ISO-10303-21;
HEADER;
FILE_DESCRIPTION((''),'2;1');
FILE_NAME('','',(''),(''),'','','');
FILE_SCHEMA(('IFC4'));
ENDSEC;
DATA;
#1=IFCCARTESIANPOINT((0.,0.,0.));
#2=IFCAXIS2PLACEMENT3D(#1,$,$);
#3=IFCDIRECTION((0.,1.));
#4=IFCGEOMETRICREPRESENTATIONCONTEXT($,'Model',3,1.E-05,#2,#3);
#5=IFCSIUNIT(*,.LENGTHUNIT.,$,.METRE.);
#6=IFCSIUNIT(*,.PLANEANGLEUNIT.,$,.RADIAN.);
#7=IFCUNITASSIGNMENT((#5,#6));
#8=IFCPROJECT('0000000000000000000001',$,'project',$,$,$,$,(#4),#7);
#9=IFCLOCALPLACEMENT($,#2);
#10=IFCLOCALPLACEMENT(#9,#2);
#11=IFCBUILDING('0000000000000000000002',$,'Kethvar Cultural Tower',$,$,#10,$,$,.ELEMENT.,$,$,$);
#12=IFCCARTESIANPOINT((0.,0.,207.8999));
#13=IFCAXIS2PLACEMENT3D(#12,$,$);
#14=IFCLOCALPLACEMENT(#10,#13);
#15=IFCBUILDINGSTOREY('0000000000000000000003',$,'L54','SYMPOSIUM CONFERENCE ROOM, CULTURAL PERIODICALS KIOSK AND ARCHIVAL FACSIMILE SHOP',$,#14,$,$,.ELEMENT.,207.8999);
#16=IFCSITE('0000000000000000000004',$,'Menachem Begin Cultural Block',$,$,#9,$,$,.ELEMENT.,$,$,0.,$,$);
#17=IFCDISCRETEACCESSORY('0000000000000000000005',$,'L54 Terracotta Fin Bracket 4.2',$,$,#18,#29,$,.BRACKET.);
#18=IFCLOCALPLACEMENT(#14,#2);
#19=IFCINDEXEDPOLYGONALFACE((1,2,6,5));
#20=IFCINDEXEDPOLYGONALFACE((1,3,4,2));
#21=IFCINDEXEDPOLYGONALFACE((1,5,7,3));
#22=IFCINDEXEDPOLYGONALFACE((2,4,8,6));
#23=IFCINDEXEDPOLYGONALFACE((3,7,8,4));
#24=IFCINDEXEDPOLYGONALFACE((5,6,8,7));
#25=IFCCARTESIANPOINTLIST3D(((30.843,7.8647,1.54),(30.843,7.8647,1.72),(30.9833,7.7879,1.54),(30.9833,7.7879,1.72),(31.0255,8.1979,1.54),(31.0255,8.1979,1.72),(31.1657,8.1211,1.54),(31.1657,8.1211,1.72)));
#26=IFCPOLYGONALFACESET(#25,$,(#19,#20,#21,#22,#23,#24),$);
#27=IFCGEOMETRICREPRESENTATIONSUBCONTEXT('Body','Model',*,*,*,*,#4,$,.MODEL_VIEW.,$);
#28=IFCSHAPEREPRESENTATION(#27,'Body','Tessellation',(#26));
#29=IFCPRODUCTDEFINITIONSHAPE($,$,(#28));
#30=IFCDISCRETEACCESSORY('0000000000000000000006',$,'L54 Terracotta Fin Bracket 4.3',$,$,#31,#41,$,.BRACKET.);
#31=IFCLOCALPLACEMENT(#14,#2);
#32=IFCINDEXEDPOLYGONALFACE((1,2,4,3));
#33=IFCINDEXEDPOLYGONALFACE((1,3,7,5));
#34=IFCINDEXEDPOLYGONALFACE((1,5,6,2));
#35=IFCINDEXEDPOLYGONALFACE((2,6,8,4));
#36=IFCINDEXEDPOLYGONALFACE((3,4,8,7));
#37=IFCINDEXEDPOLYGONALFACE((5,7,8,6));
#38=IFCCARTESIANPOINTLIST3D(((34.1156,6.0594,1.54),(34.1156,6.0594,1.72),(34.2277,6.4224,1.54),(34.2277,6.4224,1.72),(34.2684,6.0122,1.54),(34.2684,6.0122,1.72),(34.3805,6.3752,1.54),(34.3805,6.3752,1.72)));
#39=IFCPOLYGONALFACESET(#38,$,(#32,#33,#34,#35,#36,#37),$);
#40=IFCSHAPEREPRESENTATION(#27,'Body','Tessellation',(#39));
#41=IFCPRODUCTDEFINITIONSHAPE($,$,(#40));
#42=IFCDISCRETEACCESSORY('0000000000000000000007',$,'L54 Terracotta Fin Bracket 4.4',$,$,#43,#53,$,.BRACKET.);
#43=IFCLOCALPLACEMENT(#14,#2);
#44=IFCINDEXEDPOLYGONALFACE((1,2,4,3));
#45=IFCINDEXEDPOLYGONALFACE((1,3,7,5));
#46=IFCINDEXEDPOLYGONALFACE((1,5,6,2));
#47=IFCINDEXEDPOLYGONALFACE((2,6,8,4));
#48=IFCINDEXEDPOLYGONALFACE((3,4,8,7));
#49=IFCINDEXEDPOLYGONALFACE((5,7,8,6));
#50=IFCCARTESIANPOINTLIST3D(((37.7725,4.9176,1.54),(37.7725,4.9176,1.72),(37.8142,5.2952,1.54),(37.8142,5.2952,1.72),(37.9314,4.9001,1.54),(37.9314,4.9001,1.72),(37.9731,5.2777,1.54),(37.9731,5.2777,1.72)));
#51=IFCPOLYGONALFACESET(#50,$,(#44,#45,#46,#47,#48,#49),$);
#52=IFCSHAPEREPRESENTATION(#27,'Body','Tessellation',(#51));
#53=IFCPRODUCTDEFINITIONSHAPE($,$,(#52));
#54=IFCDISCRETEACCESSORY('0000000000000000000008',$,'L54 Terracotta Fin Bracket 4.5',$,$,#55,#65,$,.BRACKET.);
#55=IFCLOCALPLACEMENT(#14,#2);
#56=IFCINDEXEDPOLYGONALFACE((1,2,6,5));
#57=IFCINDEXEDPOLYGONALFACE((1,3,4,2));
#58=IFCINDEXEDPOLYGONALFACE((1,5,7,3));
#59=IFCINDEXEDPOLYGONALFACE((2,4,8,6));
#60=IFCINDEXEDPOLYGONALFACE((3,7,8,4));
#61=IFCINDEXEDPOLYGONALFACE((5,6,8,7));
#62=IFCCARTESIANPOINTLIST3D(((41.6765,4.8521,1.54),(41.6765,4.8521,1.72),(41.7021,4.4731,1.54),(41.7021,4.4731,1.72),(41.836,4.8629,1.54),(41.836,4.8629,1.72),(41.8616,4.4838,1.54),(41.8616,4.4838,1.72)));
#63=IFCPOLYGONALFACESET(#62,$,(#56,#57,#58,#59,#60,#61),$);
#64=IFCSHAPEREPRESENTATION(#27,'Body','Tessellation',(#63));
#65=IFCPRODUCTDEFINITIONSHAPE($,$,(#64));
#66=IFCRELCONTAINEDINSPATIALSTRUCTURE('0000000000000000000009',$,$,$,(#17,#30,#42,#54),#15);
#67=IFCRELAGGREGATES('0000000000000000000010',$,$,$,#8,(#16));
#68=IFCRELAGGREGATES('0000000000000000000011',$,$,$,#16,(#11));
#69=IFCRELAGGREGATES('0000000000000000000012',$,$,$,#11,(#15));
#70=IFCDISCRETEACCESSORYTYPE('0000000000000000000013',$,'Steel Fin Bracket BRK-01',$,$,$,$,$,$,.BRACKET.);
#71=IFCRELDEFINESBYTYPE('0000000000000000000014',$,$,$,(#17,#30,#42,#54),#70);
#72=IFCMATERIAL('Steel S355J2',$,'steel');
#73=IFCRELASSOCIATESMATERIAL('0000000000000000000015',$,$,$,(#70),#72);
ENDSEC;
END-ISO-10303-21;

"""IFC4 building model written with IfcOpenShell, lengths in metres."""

from ifc_helpers import new_model, si_unit, direction, frame, origin, origin_2d, place, context, subcontext, project, spatial, rectangle, extrude, source, transform, mapped, material, type_object, element, save


model = new_model("IFC4")

# Units and contexts
model_context = context("Model", 3, precision=1e-05, world=origin(), true_north=direction((0.0, 1.0)))
body_context = subcontext(model_context, "Body", "Model", "MODEL_VIEW")
ifc_project = project(units=[si_unit("LENGTHUNIT", "METRE"), si_unit("PLANEANGLEUNIT", "RADIAN")], contexts=[model_context])

# Site, building, storey
site_placement = place(None, origin())
site = spatial("IfcSite", under=ifc_project, at=site_placement, Name="Menachem Begin Cultural Block", CompositionType="ELEMENT", RefElevation=0.0)
building_placement = place(site_placement, origin())
building = spatial("IfcBuilding", under=site, at=building_placement, Name="Kethvar Cultural Tower", CompositionType="ELEMENT")
storey_placement = place(building_placement, frame((0.0, 0.0, 207.8999)))
storey = spatial("IfcBuildingStorey", under=building, at=storey_placement, Name="L54", Description="SYMPOSIUM CONFERENCE ROOM, CULTURAL PERIODICALS KIOSK AND ARCHIVAL FACSIMILE SHOP", CompositionType="ELEMENT", Elevation=207.8999)

# Shared definitions
ifc_material_1 = material(Name="Steel S355J2", Category="steel")

# Discrete accessories
discrete_accessory_type = type_object("IfcDiscreteAccessoryType", Name="Steel Fin Bracket BRK-01", PredefinedType="BRACKET", material=ifc_material_1)
shared_shape_1 = source(origin(), body_context, "Body", "SweptSolid", [
    extrude(rectangle(XDim=0.3799, YDim=0.1599, at=origin_2d()), origin(), (0.0, 0.0, 1.0), 0.1799),
])
for number, where, z_axis, x_axis, name in (
    (1, (31.0044, 7.9929, 1.54), (0.0, 0.0, 1.0), (-0.480223, -0.877146, 0.0), "L54 Terracotta Fin Bracket 4.2"),
    (2, (34.248, 6.2173, 1.54), (0.0, 0.0, 1.0), (-0.295208, -0.955433, 0.0), "L54 Terracotta Fin Bracket 4.3"),
    (3, (37.8728, 5.0977, 1.54), (0.0, 0.0, 1.0), (-0.109734, -0.993961, 0.0), "L54 Terracotta Fin Bracket 4.4"),
    (4, (41.769, 4.668, 1.54), (0.0, 0.0, 1.0), (0.067319, -0.997732, 0.0), "L54 Terracotta Fin Bracket 4.5"),
):
    element("IfcDiscreteAccessory", number, at=place(storey_placement, frame(where, z_axis=z_axis, x_axis=x_axis)), inside=storey, type_object=discrete_accessory_type, Name=name, PredefinedType="BRACKET", context=body_context, shape_type="MappedRepresentation", body=[
        mapped(shared_shape_1, transform((0.0, 0.0, 0.0), scale=1.0)),
    ])

save(model, "model.ifc")
